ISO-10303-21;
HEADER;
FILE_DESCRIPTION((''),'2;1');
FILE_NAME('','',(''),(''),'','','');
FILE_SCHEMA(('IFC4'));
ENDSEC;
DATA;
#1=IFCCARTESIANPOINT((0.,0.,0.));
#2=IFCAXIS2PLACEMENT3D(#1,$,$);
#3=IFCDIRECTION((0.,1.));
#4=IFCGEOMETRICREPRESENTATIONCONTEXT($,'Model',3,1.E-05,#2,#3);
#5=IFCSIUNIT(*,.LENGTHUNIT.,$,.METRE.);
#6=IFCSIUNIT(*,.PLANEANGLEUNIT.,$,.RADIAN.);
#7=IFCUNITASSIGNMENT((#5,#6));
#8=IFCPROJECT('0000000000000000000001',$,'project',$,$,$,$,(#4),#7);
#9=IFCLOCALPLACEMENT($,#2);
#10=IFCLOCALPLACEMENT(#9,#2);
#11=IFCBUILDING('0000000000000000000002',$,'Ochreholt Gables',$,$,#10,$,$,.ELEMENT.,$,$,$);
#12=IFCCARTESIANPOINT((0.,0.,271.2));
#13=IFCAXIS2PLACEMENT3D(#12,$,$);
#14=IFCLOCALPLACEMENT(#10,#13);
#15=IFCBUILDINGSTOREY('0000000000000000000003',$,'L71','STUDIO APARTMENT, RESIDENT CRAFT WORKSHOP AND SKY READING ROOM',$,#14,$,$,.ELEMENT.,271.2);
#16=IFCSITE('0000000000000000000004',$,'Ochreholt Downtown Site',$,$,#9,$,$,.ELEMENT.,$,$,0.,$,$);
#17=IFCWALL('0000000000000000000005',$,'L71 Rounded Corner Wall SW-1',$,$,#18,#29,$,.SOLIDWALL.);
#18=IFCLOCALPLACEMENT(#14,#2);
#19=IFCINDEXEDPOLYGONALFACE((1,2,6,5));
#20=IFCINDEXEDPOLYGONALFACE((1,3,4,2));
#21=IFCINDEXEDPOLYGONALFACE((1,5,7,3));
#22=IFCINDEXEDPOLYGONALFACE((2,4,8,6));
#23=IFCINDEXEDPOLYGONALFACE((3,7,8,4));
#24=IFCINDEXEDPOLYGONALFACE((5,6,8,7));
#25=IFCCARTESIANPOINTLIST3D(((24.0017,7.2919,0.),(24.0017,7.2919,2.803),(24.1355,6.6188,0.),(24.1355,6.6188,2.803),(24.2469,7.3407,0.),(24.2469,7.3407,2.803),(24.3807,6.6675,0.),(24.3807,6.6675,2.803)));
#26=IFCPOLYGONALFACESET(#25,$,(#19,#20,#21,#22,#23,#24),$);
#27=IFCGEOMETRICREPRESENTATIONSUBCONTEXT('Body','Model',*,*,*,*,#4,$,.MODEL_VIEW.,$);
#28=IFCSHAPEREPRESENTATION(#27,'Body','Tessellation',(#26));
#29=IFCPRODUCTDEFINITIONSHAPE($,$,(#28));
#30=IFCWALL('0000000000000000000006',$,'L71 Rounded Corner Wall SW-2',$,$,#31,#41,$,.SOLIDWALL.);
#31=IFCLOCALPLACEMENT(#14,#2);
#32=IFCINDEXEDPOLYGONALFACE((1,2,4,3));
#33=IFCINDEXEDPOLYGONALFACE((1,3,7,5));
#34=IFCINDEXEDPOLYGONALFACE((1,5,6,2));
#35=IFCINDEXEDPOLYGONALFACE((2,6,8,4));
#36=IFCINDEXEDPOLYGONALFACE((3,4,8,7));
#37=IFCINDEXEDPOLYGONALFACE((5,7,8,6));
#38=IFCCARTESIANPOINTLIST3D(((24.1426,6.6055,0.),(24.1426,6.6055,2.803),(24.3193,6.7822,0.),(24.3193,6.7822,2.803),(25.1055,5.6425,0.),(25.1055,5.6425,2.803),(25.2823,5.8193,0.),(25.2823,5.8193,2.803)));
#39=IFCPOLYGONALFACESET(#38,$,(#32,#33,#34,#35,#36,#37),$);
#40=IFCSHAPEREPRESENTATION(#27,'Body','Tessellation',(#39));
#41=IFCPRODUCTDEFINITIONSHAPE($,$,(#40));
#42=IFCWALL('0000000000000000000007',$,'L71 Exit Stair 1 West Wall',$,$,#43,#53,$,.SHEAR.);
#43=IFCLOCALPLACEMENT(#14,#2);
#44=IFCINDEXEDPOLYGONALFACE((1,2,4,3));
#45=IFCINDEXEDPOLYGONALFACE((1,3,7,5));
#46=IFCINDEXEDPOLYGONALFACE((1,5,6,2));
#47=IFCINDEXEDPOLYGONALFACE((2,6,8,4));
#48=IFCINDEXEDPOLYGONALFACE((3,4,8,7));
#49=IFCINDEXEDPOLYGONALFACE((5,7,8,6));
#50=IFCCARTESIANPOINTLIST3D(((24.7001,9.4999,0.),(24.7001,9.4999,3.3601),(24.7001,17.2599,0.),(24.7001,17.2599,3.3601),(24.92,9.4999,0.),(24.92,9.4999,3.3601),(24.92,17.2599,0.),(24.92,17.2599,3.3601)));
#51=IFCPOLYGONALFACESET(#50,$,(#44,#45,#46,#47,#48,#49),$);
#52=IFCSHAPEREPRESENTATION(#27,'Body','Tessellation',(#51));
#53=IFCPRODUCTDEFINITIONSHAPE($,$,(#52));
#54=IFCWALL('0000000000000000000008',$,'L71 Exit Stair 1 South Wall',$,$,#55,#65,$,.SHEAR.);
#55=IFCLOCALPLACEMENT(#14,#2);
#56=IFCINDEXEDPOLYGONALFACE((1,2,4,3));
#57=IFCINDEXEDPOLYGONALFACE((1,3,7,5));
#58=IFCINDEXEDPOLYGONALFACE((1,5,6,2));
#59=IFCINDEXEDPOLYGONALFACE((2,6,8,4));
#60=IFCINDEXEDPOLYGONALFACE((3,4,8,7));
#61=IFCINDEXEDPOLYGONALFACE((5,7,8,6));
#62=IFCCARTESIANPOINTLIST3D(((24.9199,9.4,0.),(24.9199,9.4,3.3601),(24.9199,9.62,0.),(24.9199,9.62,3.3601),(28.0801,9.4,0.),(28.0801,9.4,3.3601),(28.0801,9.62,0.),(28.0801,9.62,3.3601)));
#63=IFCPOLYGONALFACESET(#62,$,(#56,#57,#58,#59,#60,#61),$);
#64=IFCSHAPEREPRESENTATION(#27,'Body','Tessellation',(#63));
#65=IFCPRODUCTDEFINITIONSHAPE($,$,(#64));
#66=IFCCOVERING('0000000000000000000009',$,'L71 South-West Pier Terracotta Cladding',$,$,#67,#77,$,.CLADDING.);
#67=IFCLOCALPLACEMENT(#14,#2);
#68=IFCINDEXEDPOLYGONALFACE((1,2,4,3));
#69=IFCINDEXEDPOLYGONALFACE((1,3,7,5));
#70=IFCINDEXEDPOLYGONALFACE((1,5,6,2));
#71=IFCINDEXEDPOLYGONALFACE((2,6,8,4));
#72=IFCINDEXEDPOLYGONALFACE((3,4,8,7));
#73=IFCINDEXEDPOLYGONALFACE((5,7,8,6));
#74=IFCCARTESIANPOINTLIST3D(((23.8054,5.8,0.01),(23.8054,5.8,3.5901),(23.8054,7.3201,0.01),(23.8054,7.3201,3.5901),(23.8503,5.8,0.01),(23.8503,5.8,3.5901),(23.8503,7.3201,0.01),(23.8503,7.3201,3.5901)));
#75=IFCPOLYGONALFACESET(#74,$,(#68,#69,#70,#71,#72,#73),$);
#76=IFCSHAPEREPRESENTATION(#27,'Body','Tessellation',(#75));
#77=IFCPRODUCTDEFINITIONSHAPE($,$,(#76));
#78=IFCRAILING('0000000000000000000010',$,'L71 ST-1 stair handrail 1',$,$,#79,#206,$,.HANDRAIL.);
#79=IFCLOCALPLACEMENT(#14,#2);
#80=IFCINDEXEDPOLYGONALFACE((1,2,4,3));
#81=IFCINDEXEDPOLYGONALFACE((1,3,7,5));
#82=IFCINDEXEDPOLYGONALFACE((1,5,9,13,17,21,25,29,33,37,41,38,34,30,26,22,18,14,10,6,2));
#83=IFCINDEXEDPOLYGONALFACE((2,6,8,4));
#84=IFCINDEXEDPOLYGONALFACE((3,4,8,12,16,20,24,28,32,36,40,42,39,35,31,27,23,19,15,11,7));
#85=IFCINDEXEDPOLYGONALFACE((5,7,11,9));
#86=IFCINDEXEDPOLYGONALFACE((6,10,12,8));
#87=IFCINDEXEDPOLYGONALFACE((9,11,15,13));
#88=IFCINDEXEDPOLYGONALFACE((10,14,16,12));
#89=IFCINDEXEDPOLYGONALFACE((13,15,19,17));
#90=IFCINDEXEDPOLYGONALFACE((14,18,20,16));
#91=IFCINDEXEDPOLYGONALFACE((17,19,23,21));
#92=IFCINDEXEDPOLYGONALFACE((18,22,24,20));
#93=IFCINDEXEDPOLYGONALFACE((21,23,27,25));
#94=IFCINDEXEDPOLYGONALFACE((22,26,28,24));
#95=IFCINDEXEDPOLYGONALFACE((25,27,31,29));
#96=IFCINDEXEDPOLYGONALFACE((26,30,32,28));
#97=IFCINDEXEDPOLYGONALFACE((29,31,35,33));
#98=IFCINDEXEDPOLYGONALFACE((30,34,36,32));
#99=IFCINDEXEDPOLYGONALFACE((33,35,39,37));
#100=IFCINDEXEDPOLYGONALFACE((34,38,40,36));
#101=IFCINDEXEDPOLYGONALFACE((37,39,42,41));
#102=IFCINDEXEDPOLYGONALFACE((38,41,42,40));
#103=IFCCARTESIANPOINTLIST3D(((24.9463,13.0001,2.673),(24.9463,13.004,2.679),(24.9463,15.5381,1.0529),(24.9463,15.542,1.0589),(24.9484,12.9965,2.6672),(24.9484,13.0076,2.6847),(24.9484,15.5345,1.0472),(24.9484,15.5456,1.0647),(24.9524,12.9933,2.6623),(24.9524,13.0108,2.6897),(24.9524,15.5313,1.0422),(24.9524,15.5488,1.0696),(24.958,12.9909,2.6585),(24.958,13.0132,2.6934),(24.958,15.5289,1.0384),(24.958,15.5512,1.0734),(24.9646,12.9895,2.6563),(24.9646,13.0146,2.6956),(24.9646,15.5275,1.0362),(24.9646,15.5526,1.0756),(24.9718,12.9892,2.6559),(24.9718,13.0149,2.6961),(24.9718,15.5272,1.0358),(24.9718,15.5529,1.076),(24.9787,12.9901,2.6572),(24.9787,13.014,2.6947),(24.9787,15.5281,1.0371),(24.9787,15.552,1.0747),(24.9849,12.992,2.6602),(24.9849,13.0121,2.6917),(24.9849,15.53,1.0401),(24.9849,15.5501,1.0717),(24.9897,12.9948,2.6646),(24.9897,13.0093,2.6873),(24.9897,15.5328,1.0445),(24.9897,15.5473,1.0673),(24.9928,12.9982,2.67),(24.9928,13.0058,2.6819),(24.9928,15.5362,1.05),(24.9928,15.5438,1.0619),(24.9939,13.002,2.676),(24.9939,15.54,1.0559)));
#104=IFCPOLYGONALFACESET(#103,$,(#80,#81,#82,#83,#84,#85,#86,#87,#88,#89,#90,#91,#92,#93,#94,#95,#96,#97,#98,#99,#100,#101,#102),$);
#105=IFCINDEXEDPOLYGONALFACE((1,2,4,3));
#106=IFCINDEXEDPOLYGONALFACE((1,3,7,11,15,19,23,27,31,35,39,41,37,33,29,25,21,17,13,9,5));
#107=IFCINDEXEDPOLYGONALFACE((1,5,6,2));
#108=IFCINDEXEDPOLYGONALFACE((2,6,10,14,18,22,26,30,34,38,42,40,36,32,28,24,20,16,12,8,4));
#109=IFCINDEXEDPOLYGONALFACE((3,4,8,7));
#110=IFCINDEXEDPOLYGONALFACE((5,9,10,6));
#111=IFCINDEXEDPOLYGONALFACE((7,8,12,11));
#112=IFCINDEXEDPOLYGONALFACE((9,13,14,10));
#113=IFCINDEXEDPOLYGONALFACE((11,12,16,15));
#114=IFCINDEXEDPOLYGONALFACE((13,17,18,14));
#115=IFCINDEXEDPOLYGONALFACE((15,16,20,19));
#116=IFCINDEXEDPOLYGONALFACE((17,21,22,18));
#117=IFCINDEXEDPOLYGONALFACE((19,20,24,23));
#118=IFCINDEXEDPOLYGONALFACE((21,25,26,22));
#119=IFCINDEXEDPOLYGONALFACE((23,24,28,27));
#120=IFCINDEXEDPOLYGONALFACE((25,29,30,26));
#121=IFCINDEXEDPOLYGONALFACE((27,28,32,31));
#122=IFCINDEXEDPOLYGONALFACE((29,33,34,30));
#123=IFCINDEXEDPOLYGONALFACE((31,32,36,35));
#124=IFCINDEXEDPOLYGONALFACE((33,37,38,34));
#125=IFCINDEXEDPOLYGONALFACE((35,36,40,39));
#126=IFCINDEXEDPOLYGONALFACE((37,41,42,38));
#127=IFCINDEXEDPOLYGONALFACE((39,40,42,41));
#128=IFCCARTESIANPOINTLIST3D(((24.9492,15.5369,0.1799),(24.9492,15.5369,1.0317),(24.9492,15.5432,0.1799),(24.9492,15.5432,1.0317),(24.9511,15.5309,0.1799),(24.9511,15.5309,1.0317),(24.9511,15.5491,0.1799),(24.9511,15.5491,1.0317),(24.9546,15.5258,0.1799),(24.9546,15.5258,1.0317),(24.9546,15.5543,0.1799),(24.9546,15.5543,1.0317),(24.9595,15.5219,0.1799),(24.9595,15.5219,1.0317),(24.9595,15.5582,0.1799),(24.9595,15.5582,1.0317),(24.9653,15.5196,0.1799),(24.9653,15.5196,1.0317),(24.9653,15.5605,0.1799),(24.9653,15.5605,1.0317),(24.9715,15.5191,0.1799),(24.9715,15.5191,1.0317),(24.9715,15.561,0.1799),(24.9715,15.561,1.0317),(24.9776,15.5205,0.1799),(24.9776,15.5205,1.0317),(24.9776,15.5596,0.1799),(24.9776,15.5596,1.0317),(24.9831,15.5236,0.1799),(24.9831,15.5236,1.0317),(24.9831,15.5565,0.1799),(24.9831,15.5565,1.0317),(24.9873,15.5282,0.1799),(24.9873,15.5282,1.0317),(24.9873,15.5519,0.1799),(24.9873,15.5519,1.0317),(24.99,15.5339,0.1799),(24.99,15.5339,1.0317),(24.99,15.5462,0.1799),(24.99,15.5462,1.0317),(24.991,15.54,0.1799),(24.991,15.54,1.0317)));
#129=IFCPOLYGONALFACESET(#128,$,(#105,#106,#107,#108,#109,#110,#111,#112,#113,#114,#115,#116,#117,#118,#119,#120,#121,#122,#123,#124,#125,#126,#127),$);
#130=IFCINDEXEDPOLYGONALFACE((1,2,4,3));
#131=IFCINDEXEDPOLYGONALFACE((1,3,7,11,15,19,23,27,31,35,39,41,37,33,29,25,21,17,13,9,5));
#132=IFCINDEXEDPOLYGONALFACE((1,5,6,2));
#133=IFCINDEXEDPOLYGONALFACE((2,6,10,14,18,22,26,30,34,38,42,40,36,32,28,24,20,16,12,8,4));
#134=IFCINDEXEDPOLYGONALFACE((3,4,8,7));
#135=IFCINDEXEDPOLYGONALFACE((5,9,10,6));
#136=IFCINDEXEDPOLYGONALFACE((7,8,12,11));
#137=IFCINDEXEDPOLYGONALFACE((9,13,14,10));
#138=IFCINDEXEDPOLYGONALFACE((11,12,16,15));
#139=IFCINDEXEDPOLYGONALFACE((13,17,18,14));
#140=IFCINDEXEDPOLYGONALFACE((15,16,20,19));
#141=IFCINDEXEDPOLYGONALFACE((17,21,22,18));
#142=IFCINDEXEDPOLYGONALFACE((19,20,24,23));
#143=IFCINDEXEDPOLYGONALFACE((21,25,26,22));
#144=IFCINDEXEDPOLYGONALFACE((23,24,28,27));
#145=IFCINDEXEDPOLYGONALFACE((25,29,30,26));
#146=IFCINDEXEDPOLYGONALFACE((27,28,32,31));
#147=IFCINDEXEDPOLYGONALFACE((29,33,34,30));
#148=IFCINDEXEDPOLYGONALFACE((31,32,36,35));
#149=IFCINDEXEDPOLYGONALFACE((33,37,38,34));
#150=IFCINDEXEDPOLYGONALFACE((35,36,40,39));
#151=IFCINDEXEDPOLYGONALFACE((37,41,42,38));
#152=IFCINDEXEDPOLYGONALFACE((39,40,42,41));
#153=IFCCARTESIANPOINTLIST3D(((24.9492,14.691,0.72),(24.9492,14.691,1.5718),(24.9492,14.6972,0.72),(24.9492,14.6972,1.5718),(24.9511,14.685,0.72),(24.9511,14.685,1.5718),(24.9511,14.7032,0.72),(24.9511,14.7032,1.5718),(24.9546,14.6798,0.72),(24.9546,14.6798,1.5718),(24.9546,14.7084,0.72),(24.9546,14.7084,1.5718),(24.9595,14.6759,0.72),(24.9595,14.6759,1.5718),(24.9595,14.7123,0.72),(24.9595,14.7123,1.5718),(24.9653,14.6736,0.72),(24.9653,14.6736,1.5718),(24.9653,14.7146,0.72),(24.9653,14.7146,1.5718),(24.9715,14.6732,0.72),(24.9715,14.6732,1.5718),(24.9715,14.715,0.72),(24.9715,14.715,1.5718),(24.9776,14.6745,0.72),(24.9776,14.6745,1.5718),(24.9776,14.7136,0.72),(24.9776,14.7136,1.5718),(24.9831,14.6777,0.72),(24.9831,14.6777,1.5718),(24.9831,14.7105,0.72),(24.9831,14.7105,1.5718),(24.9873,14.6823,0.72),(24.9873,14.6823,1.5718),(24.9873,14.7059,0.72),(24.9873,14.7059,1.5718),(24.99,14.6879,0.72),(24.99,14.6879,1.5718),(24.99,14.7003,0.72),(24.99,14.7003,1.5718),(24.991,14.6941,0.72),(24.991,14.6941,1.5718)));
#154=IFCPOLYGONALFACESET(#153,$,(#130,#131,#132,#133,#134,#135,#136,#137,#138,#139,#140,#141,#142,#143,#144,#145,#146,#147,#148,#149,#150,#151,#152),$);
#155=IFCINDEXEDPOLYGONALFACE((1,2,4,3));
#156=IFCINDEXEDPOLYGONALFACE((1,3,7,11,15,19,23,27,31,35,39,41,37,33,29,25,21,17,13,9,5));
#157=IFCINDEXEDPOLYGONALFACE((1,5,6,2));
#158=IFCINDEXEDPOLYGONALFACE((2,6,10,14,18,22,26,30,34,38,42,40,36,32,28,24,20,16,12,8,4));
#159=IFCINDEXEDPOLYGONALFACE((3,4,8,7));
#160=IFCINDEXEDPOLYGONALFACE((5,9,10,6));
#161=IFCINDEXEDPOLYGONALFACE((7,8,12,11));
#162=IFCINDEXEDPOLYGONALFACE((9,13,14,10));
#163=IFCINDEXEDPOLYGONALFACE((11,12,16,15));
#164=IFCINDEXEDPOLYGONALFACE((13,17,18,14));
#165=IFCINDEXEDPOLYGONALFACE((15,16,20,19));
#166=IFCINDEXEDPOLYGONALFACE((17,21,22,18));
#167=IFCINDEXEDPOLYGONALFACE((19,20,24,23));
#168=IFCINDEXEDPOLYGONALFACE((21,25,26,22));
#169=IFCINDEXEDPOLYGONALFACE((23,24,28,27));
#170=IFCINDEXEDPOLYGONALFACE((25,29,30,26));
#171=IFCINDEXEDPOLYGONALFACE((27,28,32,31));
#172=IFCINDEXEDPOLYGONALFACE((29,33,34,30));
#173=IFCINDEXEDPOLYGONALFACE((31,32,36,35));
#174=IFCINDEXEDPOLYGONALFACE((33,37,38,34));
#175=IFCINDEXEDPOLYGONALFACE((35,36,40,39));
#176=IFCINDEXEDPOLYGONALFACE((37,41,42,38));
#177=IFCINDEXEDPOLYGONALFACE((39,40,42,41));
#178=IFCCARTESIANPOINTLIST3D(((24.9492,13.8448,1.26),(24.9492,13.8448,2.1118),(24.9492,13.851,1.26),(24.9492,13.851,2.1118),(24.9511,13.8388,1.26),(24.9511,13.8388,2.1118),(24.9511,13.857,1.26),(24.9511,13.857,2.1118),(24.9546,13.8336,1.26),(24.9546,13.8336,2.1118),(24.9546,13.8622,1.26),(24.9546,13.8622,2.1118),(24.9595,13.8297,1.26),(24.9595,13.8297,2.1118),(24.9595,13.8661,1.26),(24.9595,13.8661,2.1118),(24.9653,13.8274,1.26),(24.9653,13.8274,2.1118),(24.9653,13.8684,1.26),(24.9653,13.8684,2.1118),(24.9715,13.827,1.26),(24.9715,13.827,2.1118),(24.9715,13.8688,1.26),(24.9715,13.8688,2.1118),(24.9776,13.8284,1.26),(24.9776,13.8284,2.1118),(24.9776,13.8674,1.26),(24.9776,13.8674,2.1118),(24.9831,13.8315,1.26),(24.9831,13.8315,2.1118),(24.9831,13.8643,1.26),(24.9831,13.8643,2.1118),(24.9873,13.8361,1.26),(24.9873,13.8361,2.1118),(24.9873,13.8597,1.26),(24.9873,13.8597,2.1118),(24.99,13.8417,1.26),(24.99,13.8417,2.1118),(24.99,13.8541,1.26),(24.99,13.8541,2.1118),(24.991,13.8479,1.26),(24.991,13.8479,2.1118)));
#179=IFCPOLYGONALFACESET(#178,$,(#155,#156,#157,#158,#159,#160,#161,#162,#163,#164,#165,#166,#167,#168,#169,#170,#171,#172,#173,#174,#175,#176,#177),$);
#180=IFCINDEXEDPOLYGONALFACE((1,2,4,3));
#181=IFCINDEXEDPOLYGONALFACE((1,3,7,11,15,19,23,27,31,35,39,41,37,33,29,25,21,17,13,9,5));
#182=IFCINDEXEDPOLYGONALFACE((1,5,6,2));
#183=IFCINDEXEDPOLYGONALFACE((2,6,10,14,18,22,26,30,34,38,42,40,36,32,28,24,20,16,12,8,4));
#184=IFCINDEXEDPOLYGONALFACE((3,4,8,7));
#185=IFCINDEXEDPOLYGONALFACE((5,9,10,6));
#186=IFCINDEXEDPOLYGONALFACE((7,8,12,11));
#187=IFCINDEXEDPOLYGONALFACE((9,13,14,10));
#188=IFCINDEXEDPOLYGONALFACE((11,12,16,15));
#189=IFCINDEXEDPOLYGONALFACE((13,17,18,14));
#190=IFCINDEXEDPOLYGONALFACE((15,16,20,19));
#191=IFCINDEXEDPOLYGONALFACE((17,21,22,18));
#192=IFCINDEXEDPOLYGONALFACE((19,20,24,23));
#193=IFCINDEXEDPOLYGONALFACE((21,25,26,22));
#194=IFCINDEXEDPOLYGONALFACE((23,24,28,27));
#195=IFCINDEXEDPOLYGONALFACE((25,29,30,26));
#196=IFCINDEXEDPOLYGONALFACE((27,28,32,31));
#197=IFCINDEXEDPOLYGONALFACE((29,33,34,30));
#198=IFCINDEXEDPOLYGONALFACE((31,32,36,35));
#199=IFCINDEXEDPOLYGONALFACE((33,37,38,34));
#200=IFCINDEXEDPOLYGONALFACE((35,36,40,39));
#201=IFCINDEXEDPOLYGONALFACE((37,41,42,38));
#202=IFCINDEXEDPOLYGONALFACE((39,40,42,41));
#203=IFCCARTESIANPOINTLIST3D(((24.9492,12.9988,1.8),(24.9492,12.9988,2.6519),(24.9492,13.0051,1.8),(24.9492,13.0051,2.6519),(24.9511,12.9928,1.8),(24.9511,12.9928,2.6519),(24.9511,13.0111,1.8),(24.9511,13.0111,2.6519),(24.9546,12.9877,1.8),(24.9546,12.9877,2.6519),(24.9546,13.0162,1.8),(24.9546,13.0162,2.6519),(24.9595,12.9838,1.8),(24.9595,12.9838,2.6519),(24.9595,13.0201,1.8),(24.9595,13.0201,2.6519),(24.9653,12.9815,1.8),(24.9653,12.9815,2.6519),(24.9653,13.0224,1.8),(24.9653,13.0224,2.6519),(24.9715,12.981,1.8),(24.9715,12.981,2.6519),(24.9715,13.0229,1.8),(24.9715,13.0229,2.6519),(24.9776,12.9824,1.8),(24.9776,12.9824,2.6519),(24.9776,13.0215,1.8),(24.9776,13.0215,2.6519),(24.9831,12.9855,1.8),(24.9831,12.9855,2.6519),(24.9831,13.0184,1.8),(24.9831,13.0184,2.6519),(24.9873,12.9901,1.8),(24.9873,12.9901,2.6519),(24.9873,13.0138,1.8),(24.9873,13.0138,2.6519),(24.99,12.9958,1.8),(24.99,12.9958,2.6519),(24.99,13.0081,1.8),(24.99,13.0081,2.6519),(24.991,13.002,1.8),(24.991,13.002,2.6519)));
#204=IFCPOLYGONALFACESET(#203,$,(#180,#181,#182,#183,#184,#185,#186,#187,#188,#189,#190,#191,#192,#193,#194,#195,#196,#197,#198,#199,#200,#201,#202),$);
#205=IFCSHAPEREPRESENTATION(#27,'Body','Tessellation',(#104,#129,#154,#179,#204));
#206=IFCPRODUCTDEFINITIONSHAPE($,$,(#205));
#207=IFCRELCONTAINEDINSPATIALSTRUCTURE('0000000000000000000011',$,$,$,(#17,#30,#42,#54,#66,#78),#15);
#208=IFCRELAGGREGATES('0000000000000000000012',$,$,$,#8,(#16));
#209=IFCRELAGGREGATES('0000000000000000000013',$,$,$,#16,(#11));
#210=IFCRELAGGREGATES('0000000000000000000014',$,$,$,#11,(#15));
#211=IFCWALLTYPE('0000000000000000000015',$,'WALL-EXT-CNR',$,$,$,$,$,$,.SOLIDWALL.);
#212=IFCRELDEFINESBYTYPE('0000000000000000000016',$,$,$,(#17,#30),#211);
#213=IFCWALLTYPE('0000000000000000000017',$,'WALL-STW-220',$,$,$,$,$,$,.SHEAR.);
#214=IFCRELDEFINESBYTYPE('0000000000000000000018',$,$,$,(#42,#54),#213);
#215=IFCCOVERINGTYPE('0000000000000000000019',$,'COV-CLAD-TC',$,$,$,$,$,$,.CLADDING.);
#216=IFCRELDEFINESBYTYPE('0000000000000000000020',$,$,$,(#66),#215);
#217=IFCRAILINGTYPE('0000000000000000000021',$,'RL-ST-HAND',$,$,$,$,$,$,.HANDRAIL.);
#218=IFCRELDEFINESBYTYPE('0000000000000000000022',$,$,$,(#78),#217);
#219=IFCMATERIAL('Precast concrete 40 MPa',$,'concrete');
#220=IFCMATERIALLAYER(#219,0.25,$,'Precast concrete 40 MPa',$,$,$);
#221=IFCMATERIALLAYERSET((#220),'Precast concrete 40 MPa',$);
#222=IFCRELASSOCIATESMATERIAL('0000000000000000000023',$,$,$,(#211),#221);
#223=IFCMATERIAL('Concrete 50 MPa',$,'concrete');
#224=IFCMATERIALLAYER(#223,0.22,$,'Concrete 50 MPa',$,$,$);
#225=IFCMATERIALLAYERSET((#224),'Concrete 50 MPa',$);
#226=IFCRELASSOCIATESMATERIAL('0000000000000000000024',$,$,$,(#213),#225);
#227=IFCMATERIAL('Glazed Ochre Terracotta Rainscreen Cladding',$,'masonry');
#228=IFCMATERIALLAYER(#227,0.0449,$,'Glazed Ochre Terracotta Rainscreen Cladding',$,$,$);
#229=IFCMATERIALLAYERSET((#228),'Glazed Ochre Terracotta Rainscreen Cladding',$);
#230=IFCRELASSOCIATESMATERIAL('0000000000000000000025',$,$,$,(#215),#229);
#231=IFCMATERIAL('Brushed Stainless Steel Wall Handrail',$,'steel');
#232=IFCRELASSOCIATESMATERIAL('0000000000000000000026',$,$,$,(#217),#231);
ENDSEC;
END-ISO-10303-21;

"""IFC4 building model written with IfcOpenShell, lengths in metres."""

from ifc_helpers import new_model, si_unit, direction, frame, frame_2d, origin, origin_2d, place, context, subcontext, project, spatial, rectangle, circle, extrude, material, layer, layer_set, type_object, element, save


model = new_model("IFC4")

# Units and contexts
model_context = context("Model", 3, precision=1e-05, world=origin(), true_north=direction((0.0, 1.0)))
body_context = subcontext(model_context, "Body", "Model", "MODEL_VIEW")
ifc_project = project(units=[si_unit("LENGTHUNIT", "METRE"), si_unit("PLANEANGLEUNIT", "RADIAN")], contexts=[model_context])

# Site, building, storey
site_placement = place(None, origin())
site = spatial("IfcSite", under=ifc_project, at=site_placement, Name="Ochreholt Downtown Site", CompositionType="ELEMENT", RefElevation=0.0)
building_placement = place(site_placement, origin())
building = spatial("IfcBuilding", under=site, at=building_placement, Name="Ochreholt Gables", CompositionType="ELEMENT")
storey_placement = place(building_placement, frame((0.0, 0.0, 271.2)))
storey = spatial("IfcBuildingStorey", under=building, at=storey_placement, Name="L71", Description="STUDIO APARTMENT, RESIDENT CRAFT WORKSHOP AND SKY READING ROOM", CompositionType="ELEMENT", Elevation=271.2)

# Shared definitions
ifc_material_1 = material(Name="Concrete 50 MPa", Category="concrete")

# Shared definitions
ifc_material_2 = material(Name="Precast concrete 40 MPa", Category="concrete")

# Walls
ifc_layer_1 = layer(ifc_material_2, 0.25, Name="Precast concrete 40 MPa")
ifc_layer_set_1 = layer_set([ifc_layer_1], Name="Precast concrete 40 MPa")
wall_type_1 = type_object("IfcWallType", Name="WALL-EXT-CNR", PredefinedType="SOLIDWALL", material=ifc_layer_set_1)
wall_1_placement = place(storey_placement, frame((24.1243, 7.3164, 0.0), z_axis=(0.0, 0.0, 1.0), x_axis=(0.194953, -0.980813, 0.0)))
element("IfcWall", 1, at=wall_1_placement, inside=storey, type_object=wall_type_1, Name="L71 Rounded Corner Wall SW-1", PredefinedType="SOLIDWALL", context=body_context, shape_type="SweptSolid", body=[
    extrude(rectangle(XDim=0.6863, YDim=0.25, at=frame_2d((0.3433, 0.0))), origin(), (0.0, 0.0, 1.0), 2.803),
])
wall_2_placement = place(storey_placement, frame((24.231, 6.6938, 0.0), z_axis=(0.0, 0.0, 1.0), x_axis=(0.707107, -0.707107, 0.0)))
element("IfcWall", 2, at=wall_2_placement, inside=storey, type_object=wall_type_1, Name="L71 Rounded Corner Wall SW-2", PredefinedType="SOLIDWALL", context=body_context, shape_type="SweptSolid", body=[
    extrude(rectangle(XDim=1.3618, YDim=0.25, at=frame_2d((0.6809, 0.0))), origin(), (0.0, 0.0, 1.0), 2.803),
])
ifc_layer_2 = layer(ifc_material_1, 0.22, Name="Concrete 50 MPa")
ifc_layer_set_2 = layer_set([ifc_layer_2], Name="Concrete 50 MPa")
wall_type_2 = type_object("IfcWallType", Name="WALL-STW-220", PredefinedType="SHEAR", material=ifc_layer_set_2)
wall_3_placement = place(storey_placement, frame((24.8101, 9.5, 0.0), z_axis=(0.0, 0.0, 1.0), x_axis=(0.0, 1.0, 0.0)))
element("IfcWall", 3, at=wall_3_placement, inside=storey, type_object=wall_type_2, Name="L71 Exit Stair 1 West Wall", PredefinedType="SHEAR", context=body_context, shape_type="SweptSolid", body=[
    extrude(rectangle(XDim=7.76, YDim=0.22, at=frame_2d((3.8799, 0.0))), origin(), (0.0, 0.0, 1.0), 3.3601),
])
wall_4_placement = place(storey_placement, frame((24.9199, 9.51, 0.0), z_axis=(0.0, 0.0, 1.0), x_axis=(1.0, 0.0, 0.0)))
element("IfcWall", 4, at=wall_4_placement, inside=storey, type_object=wall_type_2, Name="L71 Exit Stair 1 South Wall", PredefinedType="SHEAR", context=body_context, shape_type="SweptSolid", body=[
    extrude(rectangle(XDim=3.1602, YDim=0.22, at=frame_2d((1.5801, 0.0))), origin(), (0.0, 0.0, 1.0), 3.3601),
])

# Covering
ifc_material_3 = material(Name="Glazed Ochre Terracotta Rainscreen Cladding", Category="masonry")
ifc_layer_3 = layer(ifc_material_3, 0.0449, Name="Glazed Ochre Terracotta Rainscreen Cladding")
ifc_layer_set_3 = layer_set([ifc_layer_3], Name="Glazed Ochre Terracotta Rainscreen Cladding")
covering_type = type_object("IfcCoveringType", Name="COV-CLAD-TC", PredefinedType="CLADDING", material=ifc_layer_set_3)
covering_placement = place(storey_placement, frame((23.8279, 6.5601, 0.01), z_axis=(0.0, 0.0, 1.0), x_axis=(0.0, 1.0, 0.0)))
element("IfcCovering", 5, at=covering_placement, inside=storey, type_object=covering_type, Name="L71 South-West Pier Terracotta Cladding", PredefinedType="CLADDING", context=body_context, shape_type="SweptSolid", body=[
    extrude(rectangle(XDim=1.52, YDim=0.0449, at=origin_2d()), origin(), (0.0, 0.0, 1.0), 3.5801),
])

# Railing
ifc_material_4 = material(Name="Brushed Stainless Steel Wall Handrail", Category="steel")
railing_type = type_object("IfcRailingType", Name="RL-ST-HAND", PredefinedType="HANDRAIL", material=ifc_material_4)
railing_placement = place(storey_placement, frame((24.97, 15.54, 0.1799)))
element("IfcRailing", 6, at=railing_placement, inside=storey, type_object=railing_type, Name="L71 ST-1 stair handrail 1", PredefinedType="HANDRAIL", context=body_context, shape_type="SweptSolid", body=[
    extrude(circle(Radius=0.0239, at=origin_2d()), frame((0.0, 0.0, 0.876), z_axis=(0.0, -0.842913, 0.53805), x_axis=(1.0, 0.0, 0.0)), (0.0, 0.0, 1.0), 3.011),
    extrude(circle(Radius=0.021, at=origin_2d()), origin(), (0.0, 0.0, 1.0), 0.8518),
    extrude(circle(Radius=0.021, at=origin_2d()), frame((0.0, -0.8459, 0.54)), (0.0, 0.0, 1.0), 0.8518),
    extrude(circle(Radius=0.021, at=origin_2d()), frame((0.0, -1.6921, 1.0801)), (0.0, 0.0, 1.0), 0.8518),
    extrude(circle(Radius=0.021, at=origin_2d()), frame((0.0, -2.5381, 1.6201)), (0.0, 0.0, 1.0), 0.8518),
])

save(model, "model.ifc")
